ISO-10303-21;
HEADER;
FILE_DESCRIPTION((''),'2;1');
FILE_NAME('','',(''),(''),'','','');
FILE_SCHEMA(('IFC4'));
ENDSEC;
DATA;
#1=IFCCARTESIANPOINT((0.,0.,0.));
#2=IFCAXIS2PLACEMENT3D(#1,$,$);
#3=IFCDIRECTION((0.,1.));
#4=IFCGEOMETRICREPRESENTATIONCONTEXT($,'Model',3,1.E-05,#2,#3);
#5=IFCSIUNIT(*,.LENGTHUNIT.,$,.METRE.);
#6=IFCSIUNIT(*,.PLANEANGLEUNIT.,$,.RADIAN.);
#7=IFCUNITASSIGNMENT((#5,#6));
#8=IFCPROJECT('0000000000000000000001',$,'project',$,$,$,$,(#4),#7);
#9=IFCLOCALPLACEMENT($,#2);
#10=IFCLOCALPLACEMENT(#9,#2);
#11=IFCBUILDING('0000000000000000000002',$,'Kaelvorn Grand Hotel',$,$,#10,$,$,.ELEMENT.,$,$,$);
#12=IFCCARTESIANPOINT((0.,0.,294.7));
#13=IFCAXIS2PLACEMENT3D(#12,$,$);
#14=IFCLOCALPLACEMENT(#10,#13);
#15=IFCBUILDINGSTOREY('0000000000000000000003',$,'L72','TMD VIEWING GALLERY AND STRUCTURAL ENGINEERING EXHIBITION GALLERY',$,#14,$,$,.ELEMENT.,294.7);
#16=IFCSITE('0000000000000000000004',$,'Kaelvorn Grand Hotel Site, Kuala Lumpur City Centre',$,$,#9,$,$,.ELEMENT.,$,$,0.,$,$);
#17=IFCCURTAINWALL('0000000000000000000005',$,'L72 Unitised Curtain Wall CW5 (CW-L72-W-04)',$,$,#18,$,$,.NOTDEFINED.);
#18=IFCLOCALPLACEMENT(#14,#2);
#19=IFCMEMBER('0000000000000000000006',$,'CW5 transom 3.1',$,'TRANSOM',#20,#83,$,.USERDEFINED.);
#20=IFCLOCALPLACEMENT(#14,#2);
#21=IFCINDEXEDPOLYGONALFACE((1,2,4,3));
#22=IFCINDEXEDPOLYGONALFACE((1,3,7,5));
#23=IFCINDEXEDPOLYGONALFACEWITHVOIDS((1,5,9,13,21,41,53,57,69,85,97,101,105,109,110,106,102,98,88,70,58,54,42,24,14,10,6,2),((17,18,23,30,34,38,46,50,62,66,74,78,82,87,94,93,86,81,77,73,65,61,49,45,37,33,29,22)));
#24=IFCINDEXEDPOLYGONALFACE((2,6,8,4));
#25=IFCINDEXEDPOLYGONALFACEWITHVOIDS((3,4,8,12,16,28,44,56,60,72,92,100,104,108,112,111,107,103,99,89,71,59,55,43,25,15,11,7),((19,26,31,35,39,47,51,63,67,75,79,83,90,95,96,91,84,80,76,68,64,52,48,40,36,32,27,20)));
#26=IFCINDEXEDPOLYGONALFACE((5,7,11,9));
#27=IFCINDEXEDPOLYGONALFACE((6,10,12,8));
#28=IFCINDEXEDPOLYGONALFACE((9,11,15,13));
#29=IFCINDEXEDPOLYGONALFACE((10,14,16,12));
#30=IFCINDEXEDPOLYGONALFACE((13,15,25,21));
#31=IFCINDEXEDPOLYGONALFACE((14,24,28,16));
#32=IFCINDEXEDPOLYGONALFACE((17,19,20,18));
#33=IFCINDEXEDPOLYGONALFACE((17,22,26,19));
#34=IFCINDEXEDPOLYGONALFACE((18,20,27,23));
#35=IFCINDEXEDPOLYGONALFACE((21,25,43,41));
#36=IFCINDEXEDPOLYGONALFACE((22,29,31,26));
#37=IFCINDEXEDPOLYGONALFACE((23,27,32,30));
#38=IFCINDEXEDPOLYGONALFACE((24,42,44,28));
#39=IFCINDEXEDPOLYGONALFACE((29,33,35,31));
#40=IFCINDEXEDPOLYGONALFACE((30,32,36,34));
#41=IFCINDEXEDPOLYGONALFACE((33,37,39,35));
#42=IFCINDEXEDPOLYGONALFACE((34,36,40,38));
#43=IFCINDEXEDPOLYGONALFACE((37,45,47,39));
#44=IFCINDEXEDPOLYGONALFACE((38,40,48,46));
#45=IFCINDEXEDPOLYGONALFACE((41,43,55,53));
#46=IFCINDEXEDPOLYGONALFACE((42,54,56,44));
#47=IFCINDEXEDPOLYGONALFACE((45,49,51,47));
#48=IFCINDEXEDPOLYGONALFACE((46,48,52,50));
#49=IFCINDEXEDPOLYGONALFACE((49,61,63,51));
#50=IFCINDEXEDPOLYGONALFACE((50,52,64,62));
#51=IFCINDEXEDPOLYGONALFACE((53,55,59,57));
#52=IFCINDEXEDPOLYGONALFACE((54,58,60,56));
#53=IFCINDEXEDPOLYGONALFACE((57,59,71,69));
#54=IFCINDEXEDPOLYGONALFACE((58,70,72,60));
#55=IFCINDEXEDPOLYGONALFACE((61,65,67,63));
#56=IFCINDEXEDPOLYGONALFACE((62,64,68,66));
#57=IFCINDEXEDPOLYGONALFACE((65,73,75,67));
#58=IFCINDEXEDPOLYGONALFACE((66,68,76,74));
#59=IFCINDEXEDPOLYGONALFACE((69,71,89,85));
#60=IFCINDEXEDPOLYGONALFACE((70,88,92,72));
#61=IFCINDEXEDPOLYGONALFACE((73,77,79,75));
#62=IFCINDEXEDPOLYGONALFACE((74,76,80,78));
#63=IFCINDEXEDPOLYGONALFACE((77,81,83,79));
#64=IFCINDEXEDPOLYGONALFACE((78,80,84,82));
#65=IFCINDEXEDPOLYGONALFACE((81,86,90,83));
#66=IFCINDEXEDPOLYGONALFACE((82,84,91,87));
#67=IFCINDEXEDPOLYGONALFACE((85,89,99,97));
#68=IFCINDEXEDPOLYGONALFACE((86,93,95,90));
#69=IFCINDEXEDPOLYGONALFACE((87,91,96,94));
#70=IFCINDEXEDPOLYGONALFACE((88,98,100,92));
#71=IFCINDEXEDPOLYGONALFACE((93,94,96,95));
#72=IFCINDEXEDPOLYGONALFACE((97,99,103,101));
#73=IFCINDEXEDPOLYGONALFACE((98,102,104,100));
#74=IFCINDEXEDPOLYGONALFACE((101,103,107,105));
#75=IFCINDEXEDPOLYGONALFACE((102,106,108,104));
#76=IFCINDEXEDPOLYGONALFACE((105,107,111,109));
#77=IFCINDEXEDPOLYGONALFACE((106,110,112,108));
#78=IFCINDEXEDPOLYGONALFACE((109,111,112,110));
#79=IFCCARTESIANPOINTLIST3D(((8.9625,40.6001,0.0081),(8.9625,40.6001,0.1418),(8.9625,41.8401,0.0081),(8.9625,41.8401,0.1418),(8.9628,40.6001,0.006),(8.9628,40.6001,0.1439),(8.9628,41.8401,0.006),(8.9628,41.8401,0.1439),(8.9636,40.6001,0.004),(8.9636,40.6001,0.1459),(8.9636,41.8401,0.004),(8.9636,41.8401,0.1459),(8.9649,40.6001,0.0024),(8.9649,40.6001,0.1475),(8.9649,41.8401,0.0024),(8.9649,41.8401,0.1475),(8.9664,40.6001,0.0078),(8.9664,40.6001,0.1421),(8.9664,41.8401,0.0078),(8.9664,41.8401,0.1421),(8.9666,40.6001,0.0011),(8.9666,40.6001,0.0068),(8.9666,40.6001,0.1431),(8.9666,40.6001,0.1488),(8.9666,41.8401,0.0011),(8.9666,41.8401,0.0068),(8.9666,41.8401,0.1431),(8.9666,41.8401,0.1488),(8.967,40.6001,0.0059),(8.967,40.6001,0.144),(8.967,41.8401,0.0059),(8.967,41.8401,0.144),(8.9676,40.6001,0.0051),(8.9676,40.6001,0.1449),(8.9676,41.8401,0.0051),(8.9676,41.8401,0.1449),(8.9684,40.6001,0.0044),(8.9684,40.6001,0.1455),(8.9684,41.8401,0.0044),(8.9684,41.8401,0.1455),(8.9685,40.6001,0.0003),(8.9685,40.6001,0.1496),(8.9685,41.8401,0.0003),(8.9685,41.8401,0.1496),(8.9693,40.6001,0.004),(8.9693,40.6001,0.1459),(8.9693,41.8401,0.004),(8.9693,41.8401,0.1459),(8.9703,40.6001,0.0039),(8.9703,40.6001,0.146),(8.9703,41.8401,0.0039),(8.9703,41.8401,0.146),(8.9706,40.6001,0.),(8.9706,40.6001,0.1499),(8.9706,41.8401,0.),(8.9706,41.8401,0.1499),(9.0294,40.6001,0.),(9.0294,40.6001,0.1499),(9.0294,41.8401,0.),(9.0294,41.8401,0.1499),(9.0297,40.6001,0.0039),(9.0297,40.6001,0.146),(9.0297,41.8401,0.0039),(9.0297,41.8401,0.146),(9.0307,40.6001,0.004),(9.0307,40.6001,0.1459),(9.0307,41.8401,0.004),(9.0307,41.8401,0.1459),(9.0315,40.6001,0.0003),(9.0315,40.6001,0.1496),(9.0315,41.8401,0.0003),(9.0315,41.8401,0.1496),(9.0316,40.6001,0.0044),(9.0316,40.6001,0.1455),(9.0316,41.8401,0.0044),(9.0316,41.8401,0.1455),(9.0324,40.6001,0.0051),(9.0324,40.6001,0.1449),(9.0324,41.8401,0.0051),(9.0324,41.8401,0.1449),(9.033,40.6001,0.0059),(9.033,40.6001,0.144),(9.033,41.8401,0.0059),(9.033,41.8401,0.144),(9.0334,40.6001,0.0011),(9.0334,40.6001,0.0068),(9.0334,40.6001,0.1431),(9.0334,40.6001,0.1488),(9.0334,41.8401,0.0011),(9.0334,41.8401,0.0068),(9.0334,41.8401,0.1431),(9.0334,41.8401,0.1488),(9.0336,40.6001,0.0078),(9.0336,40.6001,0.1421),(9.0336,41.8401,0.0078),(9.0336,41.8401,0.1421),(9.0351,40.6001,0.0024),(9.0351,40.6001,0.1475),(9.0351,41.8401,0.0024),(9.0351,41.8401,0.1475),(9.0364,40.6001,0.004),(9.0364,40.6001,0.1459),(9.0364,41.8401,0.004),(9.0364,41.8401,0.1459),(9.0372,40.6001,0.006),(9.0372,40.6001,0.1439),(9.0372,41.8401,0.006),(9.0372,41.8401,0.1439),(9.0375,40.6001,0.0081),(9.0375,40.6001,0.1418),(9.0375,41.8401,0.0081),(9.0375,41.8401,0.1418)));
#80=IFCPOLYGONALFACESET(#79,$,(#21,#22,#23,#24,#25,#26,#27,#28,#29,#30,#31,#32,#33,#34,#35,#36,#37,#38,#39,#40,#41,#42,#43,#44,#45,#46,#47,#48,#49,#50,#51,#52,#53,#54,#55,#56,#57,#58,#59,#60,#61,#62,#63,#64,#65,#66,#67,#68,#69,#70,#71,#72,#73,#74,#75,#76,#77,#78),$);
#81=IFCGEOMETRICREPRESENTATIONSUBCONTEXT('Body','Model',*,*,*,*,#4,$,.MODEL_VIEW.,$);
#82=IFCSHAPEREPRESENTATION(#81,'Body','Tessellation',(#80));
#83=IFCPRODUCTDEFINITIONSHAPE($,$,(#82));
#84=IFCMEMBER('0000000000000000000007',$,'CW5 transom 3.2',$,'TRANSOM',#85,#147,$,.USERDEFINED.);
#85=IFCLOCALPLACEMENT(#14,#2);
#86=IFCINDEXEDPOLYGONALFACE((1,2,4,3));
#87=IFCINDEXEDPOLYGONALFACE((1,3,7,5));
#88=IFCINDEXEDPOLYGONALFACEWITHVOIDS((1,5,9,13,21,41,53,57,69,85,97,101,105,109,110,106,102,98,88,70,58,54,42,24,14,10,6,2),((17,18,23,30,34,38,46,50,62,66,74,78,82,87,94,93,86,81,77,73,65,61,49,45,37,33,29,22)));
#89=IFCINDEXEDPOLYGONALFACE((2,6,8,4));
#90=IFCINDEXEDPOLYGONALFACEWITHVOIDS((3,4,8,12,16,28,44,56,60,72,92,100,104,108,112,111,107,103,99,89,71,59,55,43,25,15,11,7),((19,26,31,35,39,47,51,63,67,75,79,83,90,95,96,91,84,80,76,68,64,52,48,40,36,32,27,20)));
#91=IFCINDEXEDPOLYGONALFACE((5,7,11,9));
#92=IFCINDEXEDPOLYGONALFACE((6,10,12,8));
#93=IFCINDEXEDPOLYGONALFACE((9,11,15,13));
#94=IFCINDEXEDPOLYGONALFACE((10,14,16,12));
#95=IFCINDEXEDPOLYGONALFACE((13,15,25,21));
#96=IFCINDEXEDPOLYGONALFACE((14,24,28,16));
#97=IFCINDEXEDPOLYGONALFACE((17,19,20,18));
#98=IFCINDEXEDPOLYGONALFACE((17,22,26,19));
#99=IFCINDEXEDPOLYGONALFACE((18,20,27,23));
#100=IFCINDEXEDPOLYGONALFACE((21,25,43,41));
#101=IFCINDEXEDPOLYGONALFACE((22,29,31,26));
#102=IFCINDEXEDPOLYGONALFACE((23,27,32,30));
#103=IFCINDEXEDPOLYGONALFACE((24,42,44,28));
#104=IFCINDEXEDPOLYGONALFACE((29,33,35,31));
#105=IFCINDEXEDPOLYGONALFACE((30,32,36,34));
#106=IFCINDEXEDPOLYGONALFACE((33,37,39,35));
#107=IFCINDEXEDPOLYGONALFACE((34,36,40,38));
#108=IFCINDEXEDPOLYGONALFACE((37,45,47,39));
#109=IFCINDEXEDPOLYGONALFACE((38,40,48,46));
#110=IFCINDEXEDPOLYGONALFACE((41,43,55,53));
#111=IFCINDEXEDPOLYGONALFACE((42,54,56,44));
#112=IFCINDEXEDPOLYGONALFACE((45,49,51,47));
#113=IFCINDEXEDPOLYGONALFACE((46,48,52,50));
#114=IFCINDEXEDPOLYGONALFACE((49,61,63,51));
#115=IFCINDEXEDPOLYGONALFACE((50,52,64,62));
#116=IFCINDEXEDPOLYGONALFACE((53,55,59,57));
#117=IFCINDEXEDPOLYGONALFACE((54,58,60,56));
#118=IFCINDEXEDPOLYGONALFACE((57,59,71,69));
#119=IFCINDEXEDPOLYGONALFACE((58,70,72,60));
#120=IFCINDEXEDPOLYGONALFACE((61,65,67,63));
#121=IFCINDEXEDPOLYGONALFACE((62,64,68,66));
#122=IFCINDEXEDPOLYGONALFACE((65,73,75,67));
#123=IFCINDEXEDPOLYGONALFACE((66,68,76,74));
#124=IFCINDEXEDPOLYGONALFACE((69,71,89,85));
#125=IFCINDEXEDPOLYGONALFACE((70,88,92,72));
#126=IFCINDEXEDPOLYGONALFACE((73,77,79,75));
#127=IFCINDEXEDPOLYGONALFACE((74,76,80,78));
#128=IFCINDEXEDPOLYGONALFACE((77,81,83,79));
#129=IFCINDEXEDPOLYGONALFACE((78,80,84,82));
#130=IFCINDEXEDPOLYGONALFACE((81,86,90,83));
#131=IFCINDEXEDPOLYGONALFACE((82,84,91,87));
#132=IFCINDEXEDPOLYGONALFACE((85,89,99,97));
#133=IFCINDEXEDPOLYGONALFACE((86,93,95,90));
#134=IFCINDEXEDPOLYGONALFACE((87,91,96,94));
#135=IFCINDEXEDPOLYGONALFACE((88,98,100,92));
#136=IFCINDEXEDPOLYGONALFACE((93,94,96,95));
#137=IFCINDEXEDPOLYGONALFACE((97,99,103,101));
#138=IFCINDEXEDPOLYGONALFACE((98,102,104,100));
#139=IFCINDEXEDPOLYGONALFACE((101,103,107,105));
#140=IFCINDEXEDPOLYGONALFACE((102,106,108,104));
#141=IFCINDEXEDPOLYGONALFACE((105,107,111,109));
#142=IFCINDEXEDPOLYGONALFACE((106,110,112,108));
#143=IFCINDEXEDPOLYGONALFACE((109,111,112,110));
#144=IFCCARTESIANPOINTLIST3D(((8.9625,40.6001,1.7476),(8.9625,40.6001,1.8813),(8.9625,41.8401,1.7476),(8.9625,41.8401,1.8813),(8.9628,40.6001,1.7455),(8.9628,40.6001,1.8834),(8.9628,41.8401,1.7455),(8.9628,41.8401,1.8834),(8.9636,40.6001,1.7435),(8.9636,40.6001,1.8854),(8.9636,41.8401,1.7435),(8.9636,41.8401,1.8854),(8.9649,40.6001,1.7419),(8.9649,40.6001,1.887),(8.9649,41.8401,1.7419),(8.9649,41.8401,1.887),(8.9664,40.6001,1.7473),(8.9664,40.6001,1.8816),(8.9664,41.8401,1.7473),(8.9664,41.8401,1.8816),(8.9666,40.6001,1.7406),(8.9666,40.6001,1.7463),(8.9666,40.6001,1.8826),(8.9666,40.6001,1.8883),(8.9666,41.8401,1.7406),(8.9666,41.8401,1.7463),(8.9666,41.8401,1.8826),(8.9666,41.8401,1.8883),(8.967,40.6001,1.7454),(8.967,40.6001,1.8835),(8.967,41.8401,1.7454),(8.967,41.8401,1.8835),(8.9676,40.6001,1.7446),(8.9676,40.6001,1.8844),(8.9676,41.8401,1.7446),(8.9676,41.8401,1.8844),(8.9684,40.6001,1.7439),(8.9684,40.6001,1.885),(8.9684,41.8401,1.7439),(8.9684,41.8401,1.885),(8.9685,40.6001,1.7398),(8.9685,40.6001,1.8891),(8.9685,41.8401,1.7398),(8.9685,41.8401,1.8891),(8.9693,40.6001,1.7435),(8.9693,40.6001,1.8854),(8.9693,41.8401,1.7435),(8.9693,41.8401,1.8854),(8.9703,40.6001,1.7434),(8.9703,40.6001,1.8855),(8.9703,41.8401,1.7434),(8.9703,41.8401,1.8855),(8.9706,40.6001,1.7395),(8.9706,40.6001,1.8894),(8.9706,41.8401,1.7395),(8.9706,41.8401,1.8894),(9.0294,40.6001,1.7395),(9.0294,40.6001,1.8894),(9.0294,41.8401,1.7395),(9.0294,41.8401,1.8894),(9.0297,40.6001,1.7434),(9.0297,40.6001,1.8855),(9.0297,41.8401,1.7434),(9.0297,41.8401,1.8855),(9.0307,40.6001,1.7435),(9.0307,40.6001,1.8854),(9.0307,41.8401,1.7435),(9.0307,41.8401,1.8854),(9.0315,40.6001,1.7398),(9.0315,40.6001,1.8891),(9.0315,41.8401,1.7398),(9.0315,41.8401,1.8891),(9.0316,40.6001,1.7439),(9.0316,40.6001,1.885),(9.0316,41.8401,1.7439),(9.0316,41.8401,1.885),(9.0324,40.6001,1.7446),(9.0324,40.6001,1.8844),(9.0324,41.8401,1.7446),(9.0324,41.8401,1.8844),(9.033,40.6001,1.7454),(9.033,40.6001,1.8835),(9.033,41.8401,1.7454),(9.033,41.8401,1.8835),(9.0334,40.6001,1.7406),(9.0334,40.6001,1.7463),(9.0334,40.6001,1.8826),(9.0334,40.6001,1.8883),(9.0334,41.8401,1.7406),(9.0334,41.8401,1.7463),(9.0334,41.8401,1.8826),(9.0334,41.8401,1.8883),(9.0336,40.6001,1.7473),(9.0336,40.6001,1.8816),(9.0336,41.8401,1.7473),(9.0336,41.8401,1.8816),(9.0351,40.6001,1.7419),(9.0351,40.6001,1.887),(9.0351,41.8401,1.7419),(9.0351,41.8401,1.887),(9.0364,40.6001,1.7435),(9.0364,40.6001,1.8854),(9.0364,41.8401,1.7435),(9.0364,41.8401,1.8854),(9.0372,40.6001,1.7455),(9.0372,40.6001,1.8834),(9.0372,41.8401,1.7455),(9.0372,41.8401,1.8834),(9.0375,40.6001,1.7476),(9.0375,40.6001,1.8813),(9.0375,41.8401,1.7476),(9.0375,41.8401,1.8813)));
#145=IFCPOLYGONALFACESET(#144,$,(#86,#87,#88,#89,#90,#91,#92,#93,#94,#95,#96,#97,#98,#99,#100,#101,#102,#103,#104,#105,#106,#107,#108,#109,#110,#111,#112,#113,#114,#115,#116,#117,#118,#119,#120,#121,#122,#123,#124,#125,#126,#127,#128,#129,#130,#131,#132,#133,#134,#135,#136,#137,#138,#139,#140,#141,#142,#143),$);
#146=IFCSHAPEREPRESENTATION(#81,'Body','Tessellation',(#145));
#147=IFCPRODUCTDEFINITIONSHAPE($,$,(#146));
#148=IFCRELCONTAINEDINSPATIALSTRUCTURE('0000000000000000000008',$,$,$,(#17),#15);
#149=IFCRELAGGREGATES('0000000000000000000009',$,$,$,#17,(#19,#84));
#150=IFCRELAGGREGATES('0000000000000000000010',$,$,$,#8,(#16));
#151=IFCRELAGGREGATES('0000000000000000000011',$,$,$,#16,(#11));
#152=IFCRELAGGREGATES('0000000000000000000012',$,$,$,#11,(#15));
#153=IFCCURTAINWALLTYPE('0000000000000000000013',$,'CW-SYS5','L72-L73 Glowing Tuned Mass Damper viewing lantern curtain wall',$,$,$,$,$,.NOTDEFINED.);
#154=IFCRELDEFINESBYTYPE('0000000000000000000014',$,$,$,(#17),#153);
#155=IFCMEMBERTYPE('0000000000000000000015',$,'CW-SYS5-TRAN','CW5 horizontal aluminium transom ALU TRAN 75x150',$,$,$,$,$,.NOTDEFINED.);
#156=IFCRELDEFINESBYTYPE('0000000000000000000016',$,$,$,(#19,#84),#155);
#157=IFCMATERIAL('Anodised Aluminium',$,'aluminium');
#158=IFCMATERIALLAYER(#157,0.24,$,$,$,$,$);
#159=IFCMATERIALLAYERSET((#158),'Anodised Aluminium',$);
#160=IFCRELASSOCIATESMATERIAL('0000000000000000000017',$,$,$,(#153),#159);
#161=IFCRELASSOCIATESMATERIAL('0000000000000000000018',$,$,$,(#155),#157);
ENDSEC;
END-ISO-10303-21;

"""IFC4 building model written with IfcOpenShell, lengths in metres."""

from ifc_helpers import new_model, si_unit, direction, frame, origin, origin_2d, place, context, subcontext, project, spatial, hollow_rectangle, extrude, material, layer, layer_set, material_profile, profile_set, type_object, element, aggregate, save


model = new_model("IFC4")

# Units and contexts
model_context = context("Model", 3, precision=1e-05, world=origin(), true_north=direction((0.0, 1.0)))
body_context = subcontext(model_context, "Body", "Model", "MODEL_VIEW")
ifc_project = project(units=[si_unit("LENGTHUNIT", "METRE"), si_unit("PLANEANGLEUNIT", "RADIAN")], contexts=[model_context])

# Site, building, storey
site_placement = place(None, origin())
site = spatial("IfcSite", under=ifc_project, at=site_placement, Name="Kaelvorn Grand Hotel Site, Kuala Lumpur City Centre", CompositionType="ELEMENT", RefElevation=0.0)
building_placement = place(site_placement, origin())
building = spatial("IfcBuilding", under=site, at=building_placement, Name="Kaelvorn Grand Hotel", CompositionType="ELEMENT")
storey_placement = place(building_placement, frame((0.0, 0.0, 294.7)))
storey = spatial("IfcBuildingStorey", under=building, at=storey_placement, Name="L72", Description="TMD VIEWING GALLERY AND STRUCTURAL ENGINEERING EXHIBITION GALLERY", CompositionType="ELEMENT", Elevation=294.7)

# Curtain wall
ifc_material_1 = material(Name="Anodised Aluminium", Category="aluminium")
ifc_layer_1 = layer(ifc_material_1, 0.24)
ifc_layer_set_1 = layer_set([ifc_layer_1], Name="Anodised Aluminium")
curtain_wall_type = type_object("IfcCurtainWallType", Name="CW-SYS5", Description="L72-L73 Glowing Tuned Mass Damper viewing lantern curtain wall", PredefinedType="NOTDEFINED", material=ifc_layer_set_1)
curtain_wall_1_placement = place(storey_placement, origin())
curtain_wall_1 = element("IfcCurtainWall", 1, at=curtain_wall_1_placement, inside=storey, type_object=curtain_wall_type, Name="L72 Unitised Curtain Wall CW5 (CW-L72-W-04)", PredefinedType="NOTDEFINED")

# Members
ifc_material_profile_1 = material_profile(ifc_material_1, hollow_rectangle(XDim=0.075, YDim=0.1499, WallThickness=0.0039, InnerFilletRadius=0.0039, OuterFilletRadius=0.0081, at=origin_2d()), Name="ALU TRAN 75x150")
ifc_profile_set_1 = profile_set([ifc_material_profile_1], Name="Anodised Aluminium")
member_type_1 = type_object("IfcMemberType", Name="CW-SYS5-TRAN", Description="CW5 horizontal aluminium transom ALU TRAN 75x150", PredefinedType="NOTDEFINED", material=ifc_profile_set_1)
member_1_placement = place(storey_placement, frame((9.0, 41.8401, 0.075), z_axis=(0.0, -1.0, 0.0), x_axis=(1.0, 0.0, 0.0)))
member_1 = element("IfcMember", 2, at=member_1_placement, type_object=member_type_1, Name="CW5 transom 3.1", ObjectType="TRANSOM", PredefinedType="USERDEFINED", context=body_context, shape_type="SweptSolid", body=[
    extrude(hollow_rectangle(XDim=0.075, YDim=0.1499, WallThickness=0.0039, InnerFilletRadius=0.0039, OuterFilletRadius=0.0081, at=origin_2d()), origin(), (0.0, 0.0, 1.0), 1.24),
])
member_2_placement = place(storey_placement, frame((9.0, 41.8401, 1.8145), z_axis=(0.0, -1.0, 0.0), x_axis=(1.0, 0.0, 0.0)))
member_2 = element("IfcMember", 3, at=member_2_placement, type_object=member_type_1, Name="CW5 transom 3.2", ObjectType="TRANSOM", PredefinedType="USERDEFINED", context=body_context, shape_type="SweptSolid", body=[
    extrude(hollow_rectangle(XDim=0.075, YDim=0.1499, WallThickness=0.0039, InnerFilletRadius=0.0039, OuterFilletRadius=0.0081, at=origin_2d()), origin(), (0.0, 0.0, 1.0), 1.24),
])

aggregate(curtain_wall_1, [member_1, member_2])

save(model, "model.ifc")
